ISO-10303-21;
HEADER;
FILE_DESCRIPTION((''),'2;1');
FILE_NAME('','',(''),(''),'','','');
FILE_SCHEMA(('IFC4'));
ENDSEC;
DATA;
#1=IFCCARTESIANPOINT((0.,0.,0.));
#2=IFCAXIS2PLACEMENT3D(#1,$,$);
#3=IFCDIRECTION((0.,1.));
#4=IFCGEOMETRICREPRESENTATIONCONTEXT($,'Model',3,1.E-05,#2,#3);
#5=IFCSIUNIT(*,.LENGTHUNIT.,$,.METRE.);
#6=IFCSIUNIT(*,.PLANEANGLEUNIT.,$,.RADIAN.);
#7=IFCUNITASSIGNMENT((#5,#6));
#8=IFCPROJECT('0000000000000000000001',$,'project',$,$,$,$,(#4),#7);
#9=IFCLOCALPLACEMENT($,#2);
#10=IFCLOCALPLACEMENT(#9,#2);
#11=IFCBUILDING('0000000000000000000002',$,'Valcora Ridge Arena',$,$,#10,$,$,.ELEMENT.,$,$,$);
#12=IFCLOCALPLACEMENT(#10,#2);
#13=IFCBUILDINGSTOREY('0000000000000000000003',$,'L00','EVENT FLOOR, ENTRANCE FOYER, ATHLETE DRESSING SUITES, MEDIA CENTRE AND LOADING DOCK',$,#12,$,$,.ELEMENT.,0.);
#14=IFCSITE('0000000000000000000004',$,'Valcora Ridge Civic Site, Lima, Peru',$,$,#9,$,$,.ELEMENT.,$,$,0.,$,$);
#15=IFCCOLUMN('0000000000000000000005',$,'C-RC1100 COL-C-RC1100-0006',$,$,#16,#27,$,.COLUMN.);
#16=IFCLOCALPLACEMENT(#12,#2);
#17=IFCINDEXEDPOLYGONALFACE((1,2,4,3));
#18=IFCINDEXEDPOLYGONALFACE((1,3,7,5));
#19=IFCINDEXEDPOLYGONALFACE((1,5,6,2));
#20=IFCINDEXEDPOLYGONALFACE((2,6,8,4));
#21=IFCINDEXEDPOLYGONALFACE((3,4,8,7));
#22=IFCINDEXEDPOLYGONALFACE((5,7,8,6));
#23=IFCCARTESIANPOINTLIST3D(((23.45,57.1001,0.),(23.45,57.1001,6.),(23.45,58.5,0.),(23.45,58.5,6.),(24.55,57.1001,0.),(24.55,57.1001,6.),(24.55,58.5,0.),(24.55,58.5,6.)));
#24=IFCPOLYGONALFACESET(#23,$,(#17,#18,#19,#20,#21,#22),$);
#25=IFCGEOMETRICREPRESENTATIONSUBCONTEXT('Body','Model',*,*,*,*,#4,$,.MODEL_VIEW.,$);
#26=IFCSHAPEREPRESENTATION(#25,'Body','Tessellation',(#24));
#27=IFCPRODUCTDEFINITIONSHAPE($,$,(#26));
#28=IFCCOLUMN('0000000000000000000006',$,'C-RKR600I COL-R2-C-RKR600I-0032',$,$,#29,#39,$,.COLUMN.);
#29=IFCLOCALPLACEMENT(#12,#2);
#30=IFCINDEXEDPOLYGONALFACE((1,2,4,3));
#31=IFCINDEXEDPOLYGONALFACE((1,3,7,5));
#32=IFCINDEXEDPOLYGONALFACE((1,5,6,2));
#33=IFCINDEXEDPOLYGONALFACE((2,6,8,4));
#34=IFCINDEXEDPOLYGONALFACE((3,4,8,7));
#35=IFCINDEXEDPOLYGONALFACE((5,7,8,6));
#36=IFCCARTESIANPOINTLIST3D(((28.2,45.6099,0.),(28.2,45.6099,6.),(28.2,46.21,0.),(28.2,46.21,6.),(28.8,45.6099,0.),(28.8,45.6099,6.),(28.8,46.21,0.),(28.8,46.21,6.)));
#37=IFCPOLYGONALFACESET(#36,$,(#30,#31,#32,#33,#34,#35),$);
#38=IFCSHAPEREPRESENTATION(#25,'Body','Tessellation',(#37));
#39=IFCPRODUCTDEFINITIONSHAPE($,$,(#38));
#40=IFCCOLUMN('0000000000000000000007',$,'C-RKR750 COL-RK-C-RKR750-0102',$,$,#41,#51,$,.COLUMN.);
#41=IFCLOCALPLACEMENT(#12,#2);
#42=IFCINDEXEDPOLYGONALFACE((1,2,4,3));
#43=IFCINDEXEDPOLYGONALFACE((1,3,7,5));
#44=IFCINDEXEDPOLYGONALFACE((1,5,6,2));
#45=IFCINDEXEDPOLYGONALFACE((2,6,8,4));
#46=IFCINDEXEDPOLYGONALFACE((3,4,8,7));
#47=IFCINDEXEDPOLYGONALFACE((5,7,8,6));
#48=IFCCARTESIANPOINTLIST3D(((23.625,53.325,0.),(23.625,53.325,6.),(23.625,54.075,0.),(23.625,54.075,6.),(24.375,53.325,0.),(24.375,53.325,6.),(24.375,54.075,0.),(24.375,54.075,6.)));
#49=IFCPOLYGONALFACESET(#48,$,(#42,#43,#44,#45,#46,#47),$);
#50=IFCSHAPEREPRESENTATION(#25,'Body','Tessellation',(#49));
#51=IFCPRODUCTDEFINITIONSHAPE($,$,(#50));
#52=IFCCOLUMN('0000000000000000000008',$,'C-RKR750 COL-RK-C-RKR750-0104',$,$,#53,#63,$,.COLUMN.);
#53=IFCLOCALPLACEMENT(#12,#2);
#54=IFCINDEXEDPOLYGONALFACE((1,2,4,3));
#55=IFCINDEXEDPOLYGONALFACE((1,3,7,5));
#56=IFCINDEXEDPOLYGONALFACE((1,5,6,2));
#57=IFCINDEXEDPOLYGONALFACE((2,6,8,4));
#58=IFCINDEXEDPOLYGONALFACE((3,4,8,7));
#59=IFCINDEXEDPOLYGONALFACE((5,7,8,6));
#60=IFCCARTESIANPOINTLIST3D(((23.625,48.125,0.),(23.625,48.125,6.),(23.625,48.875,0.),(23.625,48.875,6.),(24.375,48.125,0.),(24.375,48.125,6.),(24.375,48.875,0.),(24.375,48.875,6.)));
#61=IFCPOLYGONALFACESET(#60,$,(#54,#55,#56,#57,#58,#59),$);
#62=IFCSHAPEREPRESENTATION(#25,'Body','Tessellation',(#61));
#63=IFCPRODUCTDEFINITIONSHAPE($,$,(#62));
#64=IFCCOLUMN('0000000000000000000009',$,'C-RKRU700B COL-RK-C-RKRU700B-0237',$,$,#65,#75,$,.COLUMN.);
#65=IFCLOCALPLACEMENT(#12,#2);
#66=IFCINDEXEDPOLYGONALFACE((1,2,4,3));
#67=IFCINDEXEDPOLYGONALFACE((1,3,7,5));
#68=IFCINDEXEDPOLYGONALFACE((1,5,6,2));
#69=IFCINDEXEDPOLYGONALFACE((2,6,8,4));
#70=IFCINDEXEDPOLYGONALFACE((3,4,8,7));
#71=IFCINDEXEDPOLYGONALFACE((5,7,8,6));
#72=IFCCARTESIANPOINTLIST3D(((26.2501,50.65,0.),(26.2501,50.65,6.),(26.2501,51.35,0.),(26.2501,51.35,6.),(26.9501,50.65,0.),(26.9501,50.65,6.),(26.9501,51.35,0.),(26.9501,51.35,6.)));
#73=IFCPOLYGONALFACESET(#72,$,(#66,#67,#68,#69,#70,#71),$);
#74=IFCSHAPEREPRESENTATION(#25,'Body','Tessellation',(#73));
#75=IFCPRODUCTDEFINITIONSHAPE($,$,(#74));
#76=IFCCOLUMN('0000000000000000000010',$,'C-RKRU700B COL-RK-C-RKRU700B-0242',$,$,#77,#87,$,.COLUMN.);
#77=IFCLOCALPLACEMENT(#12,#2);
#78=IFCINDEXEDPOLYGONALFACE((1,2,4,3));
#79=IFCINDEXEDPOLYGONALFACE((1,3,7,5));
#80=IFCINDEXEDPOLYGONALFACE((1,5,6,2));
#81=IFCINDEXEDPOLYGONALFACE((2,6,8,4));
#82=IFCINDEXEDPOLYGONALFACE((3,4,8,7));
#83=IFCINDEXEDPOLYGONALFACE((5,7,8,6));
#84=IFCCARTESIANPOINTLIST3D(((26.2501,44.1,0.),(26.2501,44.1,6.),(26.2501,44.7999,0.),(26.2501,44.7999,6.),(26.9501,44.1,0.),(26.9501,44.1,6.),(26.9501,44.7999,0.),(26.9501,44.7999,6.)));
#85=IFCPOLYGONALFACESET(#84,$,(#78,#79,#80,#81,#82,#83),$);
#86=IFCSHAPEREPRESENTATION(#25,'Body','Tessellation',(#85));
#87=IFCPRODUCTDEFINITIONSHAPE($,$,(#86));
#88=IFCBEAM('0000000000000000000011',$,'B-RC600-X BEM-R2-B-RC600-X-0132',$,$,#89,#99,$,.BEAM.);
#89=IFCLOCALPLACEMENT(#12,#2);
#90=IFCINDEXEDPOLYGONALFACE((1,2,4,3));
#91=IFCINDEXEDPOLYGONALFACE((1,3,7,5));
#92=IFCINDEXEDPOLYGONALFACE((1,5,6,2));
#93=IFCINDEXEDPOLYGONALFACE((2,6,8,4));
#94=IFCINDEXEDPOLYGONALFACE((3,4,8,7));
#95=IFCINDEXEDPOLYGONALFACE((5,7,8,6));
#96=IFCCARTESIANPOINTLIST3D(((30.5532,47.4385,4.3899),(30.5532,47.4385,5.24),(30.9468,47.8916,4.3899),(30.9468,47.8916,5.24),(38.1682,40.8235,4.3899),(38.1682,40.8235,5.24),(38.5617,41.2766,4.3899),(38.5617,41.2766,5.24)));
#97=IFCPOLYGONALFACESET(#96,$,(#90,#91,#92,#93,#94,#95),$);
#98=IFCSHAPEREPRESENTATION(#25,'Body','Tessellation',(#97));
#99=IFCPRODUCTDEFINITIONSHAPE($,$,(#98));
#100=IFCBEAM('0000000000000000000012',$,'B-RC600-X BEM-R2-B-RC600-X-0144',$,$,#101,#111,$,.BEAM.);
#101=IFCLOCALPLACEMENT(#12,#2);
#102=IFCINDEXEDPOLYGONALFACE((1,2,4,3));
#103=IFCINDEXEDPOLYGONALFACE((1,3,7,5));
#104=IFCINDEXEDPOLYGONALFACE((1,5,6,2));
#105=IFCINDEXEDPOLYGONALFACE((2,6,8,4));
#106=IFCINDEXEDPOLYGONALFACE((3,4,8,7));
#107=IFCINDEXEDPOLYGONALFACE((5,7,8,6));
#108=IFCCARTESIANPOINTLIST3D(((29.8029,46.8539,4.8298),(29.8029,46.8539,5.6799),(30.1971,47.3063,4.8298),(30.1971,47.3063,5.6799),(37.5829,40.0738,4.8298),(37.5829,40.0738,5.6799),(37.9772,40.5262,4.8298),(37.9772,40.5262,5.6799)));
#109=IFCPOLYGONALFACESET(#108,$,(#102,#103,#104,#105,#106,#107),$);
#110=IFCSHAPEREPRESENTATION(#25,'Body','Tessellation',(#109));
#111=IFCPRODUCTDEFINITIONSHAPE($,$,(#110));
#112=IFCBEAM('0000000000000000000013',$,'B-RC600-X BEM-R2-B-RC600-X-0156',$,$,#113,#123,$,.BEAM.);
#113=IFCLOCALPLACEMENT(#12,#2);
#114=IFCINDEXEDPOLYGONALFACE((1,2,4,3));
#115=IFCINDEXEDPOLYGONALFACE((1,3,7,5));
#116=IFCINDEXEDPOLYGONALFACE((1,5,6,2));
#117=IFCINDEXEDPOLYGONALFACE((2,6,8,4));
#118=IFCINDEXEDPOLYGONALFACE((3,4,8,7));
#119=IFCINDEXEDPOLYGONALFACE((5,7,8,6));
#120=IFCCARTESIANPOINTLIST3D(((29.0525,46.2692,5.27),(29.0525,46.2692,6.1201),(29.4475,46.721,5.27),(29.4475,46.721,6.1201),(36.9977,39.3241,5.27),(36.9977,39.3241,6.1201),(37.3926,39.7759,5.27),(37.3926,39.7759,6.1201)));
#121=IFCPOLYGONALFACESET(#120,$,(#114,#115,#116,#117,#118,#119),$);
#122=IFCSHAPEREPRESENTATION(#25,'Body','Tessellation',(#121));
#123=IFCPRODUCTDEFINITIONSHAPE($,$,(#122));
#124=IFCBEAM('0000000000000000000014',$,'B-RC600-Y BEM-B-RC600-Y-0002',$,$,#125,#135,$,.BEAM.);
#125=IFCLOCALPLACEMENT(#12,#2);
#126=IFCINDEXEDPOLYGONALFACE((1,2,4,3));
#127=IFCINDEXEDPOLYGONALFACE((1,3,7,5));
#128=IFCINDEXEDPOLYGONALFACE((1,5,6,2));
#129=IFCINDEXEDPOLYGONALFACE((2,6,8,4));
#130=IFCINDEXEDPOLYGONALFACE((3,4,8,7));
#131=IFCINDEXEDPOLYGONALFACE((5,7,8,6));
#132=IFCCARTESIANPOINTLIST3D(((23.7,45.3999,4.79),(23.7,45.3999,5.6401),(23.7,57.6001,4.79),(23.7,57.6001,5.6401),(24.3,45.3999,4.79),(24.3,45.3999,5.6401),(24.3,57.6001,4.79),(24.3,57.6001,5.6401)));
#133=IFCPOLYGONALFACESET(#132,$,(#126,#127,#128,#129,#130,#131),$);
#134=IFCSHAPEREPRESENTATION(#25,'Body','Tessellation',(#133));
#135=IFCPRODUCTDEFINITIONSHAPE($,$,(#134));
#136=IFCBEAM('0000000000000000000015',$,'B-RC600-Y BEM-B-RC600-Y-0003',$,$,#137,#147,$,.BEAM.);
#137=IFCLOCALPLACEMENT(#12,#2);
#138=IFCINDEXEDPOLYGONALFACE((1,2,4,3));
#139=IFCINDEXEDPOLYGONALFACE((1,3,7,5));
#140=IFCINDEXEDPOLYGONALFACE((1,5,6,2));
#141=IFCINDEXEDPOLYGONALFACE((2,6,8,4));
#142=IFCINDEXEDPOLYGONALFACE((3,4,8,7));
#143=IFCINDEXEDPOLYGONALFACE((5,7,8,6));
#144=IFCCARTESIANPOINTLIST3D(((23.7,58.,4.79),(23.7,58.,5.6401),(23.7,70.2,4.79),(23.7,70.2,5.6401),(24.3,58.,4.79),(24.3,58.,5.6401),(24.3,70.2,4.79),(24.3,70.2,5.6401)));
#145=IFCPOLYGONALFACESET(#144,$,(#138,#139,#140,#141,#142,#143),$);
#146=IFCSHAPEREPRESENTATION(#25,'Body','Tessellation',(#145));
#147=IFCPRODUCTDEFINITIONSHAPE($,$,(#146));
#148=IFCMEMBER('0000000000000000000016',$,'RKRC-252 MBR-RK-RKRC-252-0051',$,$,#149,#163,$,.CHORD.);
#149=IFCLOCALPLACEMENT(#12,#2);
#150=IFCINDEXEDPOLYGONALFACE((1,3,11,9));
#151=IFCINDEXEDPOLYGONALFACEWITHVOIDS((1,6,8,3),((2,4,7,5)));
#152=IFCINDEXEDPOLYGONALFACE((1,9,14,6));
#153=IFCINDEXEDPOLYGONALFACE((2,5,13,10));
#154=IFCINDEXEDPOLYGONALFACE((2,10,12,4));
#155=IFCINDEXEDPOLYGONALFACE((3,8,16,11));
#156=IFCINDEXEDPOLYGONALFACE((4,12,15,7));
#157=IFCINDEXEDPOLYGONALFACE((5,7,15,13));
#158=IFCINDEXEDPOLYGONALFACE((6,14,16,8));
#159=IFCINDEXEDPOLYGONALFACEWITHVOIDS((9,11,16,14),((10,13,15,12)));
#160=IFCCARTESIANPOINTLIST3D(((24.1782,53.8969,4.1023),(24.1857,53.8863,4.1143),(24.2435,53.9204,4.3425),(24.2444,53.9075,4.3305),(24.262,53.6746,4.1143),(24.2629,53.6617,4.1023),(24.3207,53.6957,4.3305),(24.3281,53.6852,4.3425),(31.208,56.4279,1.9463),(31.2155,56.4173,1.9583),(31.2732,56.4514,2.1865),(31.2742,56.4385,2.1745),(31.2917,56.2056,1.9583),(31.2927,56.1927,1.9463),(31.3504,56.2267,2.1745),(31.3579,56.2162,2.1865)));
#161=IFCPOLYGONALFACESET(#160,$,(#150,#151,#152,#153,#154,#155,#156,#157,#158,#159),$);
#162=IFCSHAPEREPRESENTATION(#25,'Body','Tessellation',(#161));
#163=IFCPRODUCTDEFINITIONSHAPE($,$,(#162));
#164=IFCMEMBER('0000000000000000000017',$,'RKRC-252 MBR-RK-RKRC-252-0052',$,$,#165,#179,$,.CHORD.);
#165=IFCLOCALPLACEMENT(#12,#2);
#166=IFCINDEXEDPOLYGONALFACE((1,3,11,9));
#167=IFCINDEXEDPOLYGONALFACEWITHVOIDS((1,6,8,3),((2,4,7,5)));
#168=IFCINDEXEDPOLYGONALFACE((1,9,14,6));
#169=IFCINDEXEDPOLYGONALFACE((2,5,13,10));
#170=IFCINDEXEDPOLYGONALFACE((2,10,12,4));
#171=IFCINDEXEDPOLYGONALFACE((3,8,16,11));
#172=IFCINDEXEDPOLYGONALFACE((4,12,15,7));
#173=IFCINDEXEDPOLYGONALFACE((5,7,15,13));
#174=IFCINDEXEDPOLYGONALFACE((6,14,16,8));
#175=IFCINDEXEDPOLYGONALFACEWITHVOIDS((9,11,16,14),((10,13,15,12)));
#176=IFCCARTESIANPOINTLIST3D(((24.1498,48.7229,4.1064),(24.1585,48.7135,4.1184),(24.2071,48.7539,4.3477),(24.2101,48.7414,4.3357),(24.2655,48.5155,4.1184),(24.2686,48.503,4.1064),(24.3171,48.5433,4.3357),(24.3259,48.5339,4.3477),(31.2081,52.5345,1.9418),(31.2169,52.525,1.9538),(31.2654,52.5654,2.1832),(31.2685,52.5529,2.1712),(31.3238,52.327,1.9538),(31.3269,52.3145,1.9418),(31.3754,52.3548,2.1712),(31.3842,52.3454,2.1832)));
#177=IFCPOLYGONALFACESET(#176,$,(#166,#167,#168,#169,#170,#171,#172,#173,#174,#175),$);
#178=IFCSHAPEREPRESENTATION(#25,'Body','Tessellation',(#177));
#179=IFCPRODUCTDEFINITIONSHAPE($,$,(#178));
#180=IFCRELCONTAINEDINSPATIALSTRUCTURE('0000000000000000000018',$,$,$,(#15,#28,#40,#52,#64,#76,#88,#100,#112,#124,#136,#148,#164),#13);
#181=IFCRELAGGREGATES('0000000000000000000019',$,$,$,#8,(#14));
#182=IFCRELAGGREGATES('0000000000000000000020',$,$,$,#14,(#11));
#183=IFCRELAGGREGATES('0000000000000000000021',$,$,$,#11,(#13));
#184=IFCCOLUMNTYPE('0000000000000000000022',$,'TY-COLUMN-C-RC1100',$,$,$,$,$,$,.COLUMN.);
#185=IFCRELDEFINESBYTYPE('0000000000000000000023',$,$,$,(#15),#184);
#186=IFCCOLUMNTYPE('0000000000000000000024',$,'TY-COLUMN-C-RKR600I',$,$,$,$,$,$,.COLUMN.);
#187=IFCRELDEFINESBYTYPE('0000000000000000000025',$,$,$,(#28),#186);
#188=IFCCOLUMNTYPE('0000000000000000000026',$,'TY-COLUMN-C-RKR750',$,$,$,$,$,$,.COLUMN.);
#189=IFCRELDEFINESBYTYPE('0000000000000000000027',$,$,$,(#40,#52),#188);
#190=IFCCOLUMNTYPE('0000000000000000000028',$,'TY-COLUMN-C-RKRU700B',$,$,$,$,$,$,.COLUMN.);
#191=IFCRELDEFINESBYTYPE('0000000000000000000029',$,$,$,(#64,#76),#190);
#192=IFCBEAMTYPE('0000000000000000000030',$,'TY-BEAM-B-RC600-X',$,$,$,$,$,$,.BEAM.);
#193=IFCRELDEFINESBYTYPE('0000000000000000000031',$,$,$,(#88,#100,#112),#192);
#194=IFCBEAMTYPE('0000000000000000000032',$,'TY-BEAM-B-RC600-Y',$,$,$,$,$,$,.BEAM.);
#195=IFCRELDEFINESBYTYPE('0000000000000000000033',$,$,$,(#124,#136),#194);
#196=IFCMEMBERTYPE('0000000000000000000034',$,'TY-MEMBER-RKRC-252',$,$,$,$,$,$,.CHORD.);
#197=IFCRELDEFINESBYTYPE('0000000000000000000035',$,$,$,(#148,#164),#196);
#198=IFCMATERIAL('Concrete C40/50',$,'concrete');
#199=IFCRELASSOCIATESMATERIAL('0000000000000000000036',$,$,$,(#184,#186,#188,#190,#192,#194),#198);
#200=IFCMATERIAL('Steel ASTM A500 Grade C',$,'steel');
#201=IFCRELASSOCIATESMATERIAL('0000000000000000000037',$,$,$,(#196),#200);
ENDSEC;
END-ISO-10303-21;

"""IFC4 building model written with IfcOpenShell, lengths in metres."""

from ifc_helpers import new_model, si_unit, direction, frame, origin, origin_2d, place, context, subcontext, project, spatial, rectangle, hollow_rectangle, extrude, material, material_profile, profile_set, type_object, element, save


model = new_model("IFC4")

# Units and contexts
model_context = context("Model", 3, precision=1e-05, world=origin(), true_north=direction((0.0, 1.0)))
body_context = subcontext(model_context, "Body", "Model", "MODEL_VIEW")
ifc_project = project(units=[si_unit("LENGTHUNIT", "METRE"), si_unit("PLANEANGLEUNIT", "RADIAN")], contexts=[model_context])

# Site, building, storey
site_placement = place(None, origin())
site = spatial("IfcSite", under=ifc_project, at=site_placement, Name="Valcora Ridge Civic Site, Lima, Peru", CompositionType="ELEMENT", RefElevation=0.0)
building_placement = place(site_placement, origin())
building = spatial("IfcBuilding", under=site, at=building_placement, Name="Valcora Ridge Arena", CompositionType="ELEMENT")
storey_placement = place(building_placement, origin())
storey = spatial("IfcBuildingStorey", under=building, at=storey_placement, Name="L00", Description="EVENT FLOOR, ENTRANCE FOYER, ATHLETE DRESSING SUITES, MEDIA CENTRE AND LOADING DOCK", CompositionType="ELEMENT", Elevation=0.0)

# Columns
ifc_material_1 = material(Name="Concrete C40/50", Category="concrete")
ifc_material_profile_1 = material_profile(ifc_material_1, rectangle(XDim=1.1001, YDim=1.3999, at=origin_2d()), Name="RC 1100x1400")
ifc_profile_set_1 = profile_set([ifc_material_profile_1], Name="Concrete C40/50")
column_type_1 = type_object("IfcColumnType", Name="TY-COLUMN-C-RC1100", PredefinedType="COLUMN", material=ifc_profile_set_1)
column_1_placement = place(storey_placement, frame((24.0, 57.8, 0.0), z_axis=(0.0, 0.0, 1.0), x_axis=(1.0, 0.0, 0.0)))
element("IfcColumn", 1, at=column_1_placement, inside=storey, type_object=column_type_1, Name="C-RC1100 COL-C-RC1100-0006", PredefinedType="COLUMN", context=body_context, shape_type="SweptSolid", body=[
    extrude(rectangle(XDim=1.1001, YDim=1.3999, at=origin_2d()), origin(), (0.0, 0.0, 1.0), 6.0),
])
ifc_material_profile_2 = material_profile(ifc_material_1, rectangle(XDim=0.6001, YDim=0.6001, at=origin_2d()), Name="RC 600x600")
ifc_profile_set_2 = profile_set([ifc_material_profile_2], Name="Concrete C40/50")
column_type_2 = type_object("IfcColumnType", Name="TY-COLUMN-C-RKR600I", PredefinedType="COLUMN", material=ifc_profile_set_2)
column_2_placement = place(storey_placement, frame((28.5, 45.9099, 0.0), z_axis=(0.0, 0.0, 1.0), x_axis=(1.0, 0.0, 0.0)))
element("IfcColumn", 2, at=column_2_placement, inside=storey, type_object=column_type_2, Name="C-RKR600I COL-R2-C-RKR600I-0032", PredefinedType="COLUMN", context=body_context, shape_type="SweptSolid", body=[
    extrude(rectangle(XDim=0.6001, YDim=0.6001, at=origin_2d()), origin(), (0.0, 0.0, 1.0), 6.0),
])
ifc_material_profile_3 = material_profile(ifc_material_1, rectangle(XDim=0.75, YDim=0.75, at=origin_2d()), Name="RC 750x750")
ifc_profile_set_3 = profile_set([ifc_material_profile_3], Name="Concrete C40/50")
column_type_3 = type_object("IfcColumnType", Name="TY-COLUMN-C-RKR750", PredefinedType="COLUMN", material=ifc_profile_set_3)
for number, where, z_axis, x_axis, name in (
    (3, (24.0, 53.7, 0.0), (0.0, 0.0, 1.0), (1.0, 0.0, 0.0), "C-RKR750 COL-RK-C-RKR750-0102"),
    (4, (24.0, 48.5, 0.0), (0.0, 0.0, 1.0), (1.0, 0.0, 0.0), "C-RKR750 COL-RK-C-RKR750-0104"),
):
    element("IfcColumn", number, at=place(storey_placement, frame(where, z_axis=z_axis, x_axis=x_axis)), inside=storey, type_object=column_type_3, Name=name, PredefinedType="COLUMN", context=body_context, shape_type="SweptSolid", body=[
        extrude(rectangle(XDim=0.75, YDim=0.75, at=origin_2d()), origin(), (0.0, 0.0, 1.0), 6.0),
    ])
ifc_material_profile_4 = material_profile(ifc_material_1, rectangle(XDim=0.7, YDim=0.7, at=origin_2d()), Name="RC 700x700")
ifc_profile_set_4 = profile_set([ifc_material_profile_4], Name="Concrete C40/50")
column_type_4 = type_object("IfcColumnType", Name="TY-COLUMN-C-RKRU700B", PredefinedType="COLUMN", material=ifc_profile_set_4)
for number, where, z_axis, x_axis, name in (
    (5, (26.6001, 51.0, 0.0), (0.0, 0.0, 1.0), (1.0, 0.0, 0.0), "C-RKRU700B COL-RK-C-RKRU700B-0237"),
    (6, (26.6001, 44.45, 0.0), (0.0, 0.0, 1.0), (1.0, 0.0, 0.0), "C-RKRU700B COL-RK-C-RKRU700B-0242"),
):
    element("IfcColumn", number, at=place(storey_placement, frame(where, z_axis=z_axis, x_axis=x_axis)), inside=storey, type_object=column_type_4, Name=name, PredefinedType="COLUMN", context=body_context, shape_type="SweptSolid", body=[
        extrude(rectangle(XDim=0.7, YDim=0.7, at=origin_2d()), origin(), (0.0, 0.0, 1.0), 6.0),
    ])

# Beams
ifc_material_profile_5 = material_profile(ifc_material_1, rectangle(XDim=0.6001, YDim=0.8501, at=origin_2d()), Name="RC 600x850")
ifc_profile_set_5 = profile_set([ifc_material_profile_5], Name="Concrete C40/50")
beam_type_1 = type_object("IfcBeamType", Name="TY-BEAM-B-RC600-X", PredefinedType="BEAM", material=ifc_profile_set_5)
beam_1_placement = place(storey_placement, frame((30.75, 47.665, 4.8149), z_axis=(0.754936, -0.655798, 0.0), x_axis=(0.655798, 0.754936, 0.0)))
element("IfcBeam", 7, at=beam_1_placement, inside=storey, type_object=beam_type_1, Name="B-RC600-X BEM-R2-B-RC600-X-0132", PredefinedType="BEAM", context=body_context, shape_type="SweptSolid", body=[
    extrude(rectangle(XDim=0.6001, YDim=0.8501, at=origin_2d()), origin(), (0.0, 0.0, 1.0), 10.0869),
])
beam_2_placement = place(storey_placement, frame((30.0, 47.0801, 5.2549), z_axis=(0.753896, -0.656994, 0.0), x_axis=(0.656994, 0.753896, 0.0)))
element("IfcBeam", 8, at=beam_2_placement, inside=storey, type_object=beam_type_1, Name="B-RC600-X BEM-R2-B-RC600-X-0144", PredefinedType="BEAM", context=body_context, shape_type="SweptSolid", body=[
    extrude(rectangle(XDim=0.6001, YDim=0.8501, at=origin_2d()), origin(), (0.0, 0.0, 1.0), 10.3198),
])
beam_3_placement = place(storey_placement, frame((29.25, 46.4951, 5.6951), z_axis=(0.752899, -0.658136, 0.0), x_axis=(0.658136, 0.752899, 0.0)))
element("IfcBeam", 9, at=beam_3_placement, inside=storey, type_object=beam_type_1, Name="B-RC600-X BEM-R2-B-RC600-X-0156", PredefinedType="BEAM", context=body_context, shape_type="SweptSolid", body=[
    extrude(rectangle(XDim=0.6001, YDim=0.8501, at=origin_2d()), origin(), (0.0, 0.0, 1.0), 10.5527),
])
ifc_material_profile_6 = material_profile(ifc_material_1, rectangle(XDim=0.6001, YDim=0.8501, at=origin_2d()), Name="RC 600x850")
ifc_profile_set_6 = profile_set([ifc_material_profile_6], Name="Concrete C40/50")
beam_type_2 = type_object("IfcBeamType", Name="TY-BEAM-B-RC600-Y", PredefinedType="BEAM", material=ifc_profile_set_6)
beam_4_placement = place(storey_placement, frame((24.0, 45.3999, 5.2151), z_axis=(0.0, 1.0, 0.0), x_axis=(-1.0, 0.0, 0.0)))
element("IfcBeam", 10, at=beam_4_placement, inside=storey, type_object=beam_type_2, Name="B-RC600-Y BEM-B-RC600-Y-0002", PredefinedType="BEAM", context=body_context, shape_type="SweptSolid", body=[
    extrude(rectangle(XDim=0.6001, YDim=0.8501, at=origin_2d()), origin(), (0.0, 0.0, 1.0), 12.2002),
])
beam_5_placement = place(storey_placement, frame((24.0, 58.0, 5.2151), z_axis=(0.0, 1.0, 0.0), x_axis=(-1.0, 0.0, 0.0)))
element("IfcBeam", 11, at=beam_5_placement, inside=storey, type_object=beam_type_2, Name="B-RC600-Y BEM-B-RC600-Y-0003", PredefinedType="BEAM", context=body_context, shape_type="SweptSolid", body=[
    extrude(rectangle(XDim=0.6001, YDim=0.8501, at=origin_2d()), origin(), (0.0, 0.0, 1.0), 12.2),
])

# Members
ifc_material_2 = material(Name="Steel ASTM A500 Grade C", Category="steel")
ifc_material_profile_7 = material_profile(ifc_material_2, hollow_rectangle(XDim=0.25, YDim=0.25, WallThickness=0.0125, at=origin_2d()), Name="HSS250X250X12")
ifc_profile_set_7 = profile_set([ifc_material_profile_7], Name="Steel ASTM A500 Grade C")
member_type_1 = type_object("IfcMemberType", Name="TY-MEMBER-RKRC-252", PredefinedType="CHORD", material=ifc_profile_set_7)
member_1_placement = place(storey_placement, frame((31.283, 56.322, 2.0664), z_axis=(-0.903991, -0.325473, 0.27725), x_axis=(0.338753, -0.940875, 0.0)))
element("IfcMember", 12, at=member_1_placement, inside=storey, type_object=member_type_1, Name="RKRC-252 MBR-RK-RKRC-252-0051", PredefinedType="CHORD", context=body_context, shape_type="SweptSolid", body=[
    extrude(hollow_rectangle(XDim=0.25, YDim=0.25, WallThickness=0.0125, at=origin_2d()), origin(), (0.0, 0.0, 1.0), 7.7764),
])
member_2_placement = place(storey_placement, frame((31.2961, 52.4399, 2.0625), z_axis=(-0.849521, -0.458743, 0.260518), x_axis=(0.47515, -0.879905, 0.0)))
element("IfcMember", 13, at=member_2_placement, inside=storey, type_object=member_type_1, Name="RKRC-252 MBR-RK-RKRC-252-0052", PredefinedType="CHORD", context=body_context, shape_type="SweptSolid", body=[
    extrude(hollow_rectangle(XDim=0.25, YDim=0.25, WallThickness=0.0125, at=origin_2d()), origin(), (0.0, 0.0, 1.0), 8.3086),
])

save(model, "model.ifc")
